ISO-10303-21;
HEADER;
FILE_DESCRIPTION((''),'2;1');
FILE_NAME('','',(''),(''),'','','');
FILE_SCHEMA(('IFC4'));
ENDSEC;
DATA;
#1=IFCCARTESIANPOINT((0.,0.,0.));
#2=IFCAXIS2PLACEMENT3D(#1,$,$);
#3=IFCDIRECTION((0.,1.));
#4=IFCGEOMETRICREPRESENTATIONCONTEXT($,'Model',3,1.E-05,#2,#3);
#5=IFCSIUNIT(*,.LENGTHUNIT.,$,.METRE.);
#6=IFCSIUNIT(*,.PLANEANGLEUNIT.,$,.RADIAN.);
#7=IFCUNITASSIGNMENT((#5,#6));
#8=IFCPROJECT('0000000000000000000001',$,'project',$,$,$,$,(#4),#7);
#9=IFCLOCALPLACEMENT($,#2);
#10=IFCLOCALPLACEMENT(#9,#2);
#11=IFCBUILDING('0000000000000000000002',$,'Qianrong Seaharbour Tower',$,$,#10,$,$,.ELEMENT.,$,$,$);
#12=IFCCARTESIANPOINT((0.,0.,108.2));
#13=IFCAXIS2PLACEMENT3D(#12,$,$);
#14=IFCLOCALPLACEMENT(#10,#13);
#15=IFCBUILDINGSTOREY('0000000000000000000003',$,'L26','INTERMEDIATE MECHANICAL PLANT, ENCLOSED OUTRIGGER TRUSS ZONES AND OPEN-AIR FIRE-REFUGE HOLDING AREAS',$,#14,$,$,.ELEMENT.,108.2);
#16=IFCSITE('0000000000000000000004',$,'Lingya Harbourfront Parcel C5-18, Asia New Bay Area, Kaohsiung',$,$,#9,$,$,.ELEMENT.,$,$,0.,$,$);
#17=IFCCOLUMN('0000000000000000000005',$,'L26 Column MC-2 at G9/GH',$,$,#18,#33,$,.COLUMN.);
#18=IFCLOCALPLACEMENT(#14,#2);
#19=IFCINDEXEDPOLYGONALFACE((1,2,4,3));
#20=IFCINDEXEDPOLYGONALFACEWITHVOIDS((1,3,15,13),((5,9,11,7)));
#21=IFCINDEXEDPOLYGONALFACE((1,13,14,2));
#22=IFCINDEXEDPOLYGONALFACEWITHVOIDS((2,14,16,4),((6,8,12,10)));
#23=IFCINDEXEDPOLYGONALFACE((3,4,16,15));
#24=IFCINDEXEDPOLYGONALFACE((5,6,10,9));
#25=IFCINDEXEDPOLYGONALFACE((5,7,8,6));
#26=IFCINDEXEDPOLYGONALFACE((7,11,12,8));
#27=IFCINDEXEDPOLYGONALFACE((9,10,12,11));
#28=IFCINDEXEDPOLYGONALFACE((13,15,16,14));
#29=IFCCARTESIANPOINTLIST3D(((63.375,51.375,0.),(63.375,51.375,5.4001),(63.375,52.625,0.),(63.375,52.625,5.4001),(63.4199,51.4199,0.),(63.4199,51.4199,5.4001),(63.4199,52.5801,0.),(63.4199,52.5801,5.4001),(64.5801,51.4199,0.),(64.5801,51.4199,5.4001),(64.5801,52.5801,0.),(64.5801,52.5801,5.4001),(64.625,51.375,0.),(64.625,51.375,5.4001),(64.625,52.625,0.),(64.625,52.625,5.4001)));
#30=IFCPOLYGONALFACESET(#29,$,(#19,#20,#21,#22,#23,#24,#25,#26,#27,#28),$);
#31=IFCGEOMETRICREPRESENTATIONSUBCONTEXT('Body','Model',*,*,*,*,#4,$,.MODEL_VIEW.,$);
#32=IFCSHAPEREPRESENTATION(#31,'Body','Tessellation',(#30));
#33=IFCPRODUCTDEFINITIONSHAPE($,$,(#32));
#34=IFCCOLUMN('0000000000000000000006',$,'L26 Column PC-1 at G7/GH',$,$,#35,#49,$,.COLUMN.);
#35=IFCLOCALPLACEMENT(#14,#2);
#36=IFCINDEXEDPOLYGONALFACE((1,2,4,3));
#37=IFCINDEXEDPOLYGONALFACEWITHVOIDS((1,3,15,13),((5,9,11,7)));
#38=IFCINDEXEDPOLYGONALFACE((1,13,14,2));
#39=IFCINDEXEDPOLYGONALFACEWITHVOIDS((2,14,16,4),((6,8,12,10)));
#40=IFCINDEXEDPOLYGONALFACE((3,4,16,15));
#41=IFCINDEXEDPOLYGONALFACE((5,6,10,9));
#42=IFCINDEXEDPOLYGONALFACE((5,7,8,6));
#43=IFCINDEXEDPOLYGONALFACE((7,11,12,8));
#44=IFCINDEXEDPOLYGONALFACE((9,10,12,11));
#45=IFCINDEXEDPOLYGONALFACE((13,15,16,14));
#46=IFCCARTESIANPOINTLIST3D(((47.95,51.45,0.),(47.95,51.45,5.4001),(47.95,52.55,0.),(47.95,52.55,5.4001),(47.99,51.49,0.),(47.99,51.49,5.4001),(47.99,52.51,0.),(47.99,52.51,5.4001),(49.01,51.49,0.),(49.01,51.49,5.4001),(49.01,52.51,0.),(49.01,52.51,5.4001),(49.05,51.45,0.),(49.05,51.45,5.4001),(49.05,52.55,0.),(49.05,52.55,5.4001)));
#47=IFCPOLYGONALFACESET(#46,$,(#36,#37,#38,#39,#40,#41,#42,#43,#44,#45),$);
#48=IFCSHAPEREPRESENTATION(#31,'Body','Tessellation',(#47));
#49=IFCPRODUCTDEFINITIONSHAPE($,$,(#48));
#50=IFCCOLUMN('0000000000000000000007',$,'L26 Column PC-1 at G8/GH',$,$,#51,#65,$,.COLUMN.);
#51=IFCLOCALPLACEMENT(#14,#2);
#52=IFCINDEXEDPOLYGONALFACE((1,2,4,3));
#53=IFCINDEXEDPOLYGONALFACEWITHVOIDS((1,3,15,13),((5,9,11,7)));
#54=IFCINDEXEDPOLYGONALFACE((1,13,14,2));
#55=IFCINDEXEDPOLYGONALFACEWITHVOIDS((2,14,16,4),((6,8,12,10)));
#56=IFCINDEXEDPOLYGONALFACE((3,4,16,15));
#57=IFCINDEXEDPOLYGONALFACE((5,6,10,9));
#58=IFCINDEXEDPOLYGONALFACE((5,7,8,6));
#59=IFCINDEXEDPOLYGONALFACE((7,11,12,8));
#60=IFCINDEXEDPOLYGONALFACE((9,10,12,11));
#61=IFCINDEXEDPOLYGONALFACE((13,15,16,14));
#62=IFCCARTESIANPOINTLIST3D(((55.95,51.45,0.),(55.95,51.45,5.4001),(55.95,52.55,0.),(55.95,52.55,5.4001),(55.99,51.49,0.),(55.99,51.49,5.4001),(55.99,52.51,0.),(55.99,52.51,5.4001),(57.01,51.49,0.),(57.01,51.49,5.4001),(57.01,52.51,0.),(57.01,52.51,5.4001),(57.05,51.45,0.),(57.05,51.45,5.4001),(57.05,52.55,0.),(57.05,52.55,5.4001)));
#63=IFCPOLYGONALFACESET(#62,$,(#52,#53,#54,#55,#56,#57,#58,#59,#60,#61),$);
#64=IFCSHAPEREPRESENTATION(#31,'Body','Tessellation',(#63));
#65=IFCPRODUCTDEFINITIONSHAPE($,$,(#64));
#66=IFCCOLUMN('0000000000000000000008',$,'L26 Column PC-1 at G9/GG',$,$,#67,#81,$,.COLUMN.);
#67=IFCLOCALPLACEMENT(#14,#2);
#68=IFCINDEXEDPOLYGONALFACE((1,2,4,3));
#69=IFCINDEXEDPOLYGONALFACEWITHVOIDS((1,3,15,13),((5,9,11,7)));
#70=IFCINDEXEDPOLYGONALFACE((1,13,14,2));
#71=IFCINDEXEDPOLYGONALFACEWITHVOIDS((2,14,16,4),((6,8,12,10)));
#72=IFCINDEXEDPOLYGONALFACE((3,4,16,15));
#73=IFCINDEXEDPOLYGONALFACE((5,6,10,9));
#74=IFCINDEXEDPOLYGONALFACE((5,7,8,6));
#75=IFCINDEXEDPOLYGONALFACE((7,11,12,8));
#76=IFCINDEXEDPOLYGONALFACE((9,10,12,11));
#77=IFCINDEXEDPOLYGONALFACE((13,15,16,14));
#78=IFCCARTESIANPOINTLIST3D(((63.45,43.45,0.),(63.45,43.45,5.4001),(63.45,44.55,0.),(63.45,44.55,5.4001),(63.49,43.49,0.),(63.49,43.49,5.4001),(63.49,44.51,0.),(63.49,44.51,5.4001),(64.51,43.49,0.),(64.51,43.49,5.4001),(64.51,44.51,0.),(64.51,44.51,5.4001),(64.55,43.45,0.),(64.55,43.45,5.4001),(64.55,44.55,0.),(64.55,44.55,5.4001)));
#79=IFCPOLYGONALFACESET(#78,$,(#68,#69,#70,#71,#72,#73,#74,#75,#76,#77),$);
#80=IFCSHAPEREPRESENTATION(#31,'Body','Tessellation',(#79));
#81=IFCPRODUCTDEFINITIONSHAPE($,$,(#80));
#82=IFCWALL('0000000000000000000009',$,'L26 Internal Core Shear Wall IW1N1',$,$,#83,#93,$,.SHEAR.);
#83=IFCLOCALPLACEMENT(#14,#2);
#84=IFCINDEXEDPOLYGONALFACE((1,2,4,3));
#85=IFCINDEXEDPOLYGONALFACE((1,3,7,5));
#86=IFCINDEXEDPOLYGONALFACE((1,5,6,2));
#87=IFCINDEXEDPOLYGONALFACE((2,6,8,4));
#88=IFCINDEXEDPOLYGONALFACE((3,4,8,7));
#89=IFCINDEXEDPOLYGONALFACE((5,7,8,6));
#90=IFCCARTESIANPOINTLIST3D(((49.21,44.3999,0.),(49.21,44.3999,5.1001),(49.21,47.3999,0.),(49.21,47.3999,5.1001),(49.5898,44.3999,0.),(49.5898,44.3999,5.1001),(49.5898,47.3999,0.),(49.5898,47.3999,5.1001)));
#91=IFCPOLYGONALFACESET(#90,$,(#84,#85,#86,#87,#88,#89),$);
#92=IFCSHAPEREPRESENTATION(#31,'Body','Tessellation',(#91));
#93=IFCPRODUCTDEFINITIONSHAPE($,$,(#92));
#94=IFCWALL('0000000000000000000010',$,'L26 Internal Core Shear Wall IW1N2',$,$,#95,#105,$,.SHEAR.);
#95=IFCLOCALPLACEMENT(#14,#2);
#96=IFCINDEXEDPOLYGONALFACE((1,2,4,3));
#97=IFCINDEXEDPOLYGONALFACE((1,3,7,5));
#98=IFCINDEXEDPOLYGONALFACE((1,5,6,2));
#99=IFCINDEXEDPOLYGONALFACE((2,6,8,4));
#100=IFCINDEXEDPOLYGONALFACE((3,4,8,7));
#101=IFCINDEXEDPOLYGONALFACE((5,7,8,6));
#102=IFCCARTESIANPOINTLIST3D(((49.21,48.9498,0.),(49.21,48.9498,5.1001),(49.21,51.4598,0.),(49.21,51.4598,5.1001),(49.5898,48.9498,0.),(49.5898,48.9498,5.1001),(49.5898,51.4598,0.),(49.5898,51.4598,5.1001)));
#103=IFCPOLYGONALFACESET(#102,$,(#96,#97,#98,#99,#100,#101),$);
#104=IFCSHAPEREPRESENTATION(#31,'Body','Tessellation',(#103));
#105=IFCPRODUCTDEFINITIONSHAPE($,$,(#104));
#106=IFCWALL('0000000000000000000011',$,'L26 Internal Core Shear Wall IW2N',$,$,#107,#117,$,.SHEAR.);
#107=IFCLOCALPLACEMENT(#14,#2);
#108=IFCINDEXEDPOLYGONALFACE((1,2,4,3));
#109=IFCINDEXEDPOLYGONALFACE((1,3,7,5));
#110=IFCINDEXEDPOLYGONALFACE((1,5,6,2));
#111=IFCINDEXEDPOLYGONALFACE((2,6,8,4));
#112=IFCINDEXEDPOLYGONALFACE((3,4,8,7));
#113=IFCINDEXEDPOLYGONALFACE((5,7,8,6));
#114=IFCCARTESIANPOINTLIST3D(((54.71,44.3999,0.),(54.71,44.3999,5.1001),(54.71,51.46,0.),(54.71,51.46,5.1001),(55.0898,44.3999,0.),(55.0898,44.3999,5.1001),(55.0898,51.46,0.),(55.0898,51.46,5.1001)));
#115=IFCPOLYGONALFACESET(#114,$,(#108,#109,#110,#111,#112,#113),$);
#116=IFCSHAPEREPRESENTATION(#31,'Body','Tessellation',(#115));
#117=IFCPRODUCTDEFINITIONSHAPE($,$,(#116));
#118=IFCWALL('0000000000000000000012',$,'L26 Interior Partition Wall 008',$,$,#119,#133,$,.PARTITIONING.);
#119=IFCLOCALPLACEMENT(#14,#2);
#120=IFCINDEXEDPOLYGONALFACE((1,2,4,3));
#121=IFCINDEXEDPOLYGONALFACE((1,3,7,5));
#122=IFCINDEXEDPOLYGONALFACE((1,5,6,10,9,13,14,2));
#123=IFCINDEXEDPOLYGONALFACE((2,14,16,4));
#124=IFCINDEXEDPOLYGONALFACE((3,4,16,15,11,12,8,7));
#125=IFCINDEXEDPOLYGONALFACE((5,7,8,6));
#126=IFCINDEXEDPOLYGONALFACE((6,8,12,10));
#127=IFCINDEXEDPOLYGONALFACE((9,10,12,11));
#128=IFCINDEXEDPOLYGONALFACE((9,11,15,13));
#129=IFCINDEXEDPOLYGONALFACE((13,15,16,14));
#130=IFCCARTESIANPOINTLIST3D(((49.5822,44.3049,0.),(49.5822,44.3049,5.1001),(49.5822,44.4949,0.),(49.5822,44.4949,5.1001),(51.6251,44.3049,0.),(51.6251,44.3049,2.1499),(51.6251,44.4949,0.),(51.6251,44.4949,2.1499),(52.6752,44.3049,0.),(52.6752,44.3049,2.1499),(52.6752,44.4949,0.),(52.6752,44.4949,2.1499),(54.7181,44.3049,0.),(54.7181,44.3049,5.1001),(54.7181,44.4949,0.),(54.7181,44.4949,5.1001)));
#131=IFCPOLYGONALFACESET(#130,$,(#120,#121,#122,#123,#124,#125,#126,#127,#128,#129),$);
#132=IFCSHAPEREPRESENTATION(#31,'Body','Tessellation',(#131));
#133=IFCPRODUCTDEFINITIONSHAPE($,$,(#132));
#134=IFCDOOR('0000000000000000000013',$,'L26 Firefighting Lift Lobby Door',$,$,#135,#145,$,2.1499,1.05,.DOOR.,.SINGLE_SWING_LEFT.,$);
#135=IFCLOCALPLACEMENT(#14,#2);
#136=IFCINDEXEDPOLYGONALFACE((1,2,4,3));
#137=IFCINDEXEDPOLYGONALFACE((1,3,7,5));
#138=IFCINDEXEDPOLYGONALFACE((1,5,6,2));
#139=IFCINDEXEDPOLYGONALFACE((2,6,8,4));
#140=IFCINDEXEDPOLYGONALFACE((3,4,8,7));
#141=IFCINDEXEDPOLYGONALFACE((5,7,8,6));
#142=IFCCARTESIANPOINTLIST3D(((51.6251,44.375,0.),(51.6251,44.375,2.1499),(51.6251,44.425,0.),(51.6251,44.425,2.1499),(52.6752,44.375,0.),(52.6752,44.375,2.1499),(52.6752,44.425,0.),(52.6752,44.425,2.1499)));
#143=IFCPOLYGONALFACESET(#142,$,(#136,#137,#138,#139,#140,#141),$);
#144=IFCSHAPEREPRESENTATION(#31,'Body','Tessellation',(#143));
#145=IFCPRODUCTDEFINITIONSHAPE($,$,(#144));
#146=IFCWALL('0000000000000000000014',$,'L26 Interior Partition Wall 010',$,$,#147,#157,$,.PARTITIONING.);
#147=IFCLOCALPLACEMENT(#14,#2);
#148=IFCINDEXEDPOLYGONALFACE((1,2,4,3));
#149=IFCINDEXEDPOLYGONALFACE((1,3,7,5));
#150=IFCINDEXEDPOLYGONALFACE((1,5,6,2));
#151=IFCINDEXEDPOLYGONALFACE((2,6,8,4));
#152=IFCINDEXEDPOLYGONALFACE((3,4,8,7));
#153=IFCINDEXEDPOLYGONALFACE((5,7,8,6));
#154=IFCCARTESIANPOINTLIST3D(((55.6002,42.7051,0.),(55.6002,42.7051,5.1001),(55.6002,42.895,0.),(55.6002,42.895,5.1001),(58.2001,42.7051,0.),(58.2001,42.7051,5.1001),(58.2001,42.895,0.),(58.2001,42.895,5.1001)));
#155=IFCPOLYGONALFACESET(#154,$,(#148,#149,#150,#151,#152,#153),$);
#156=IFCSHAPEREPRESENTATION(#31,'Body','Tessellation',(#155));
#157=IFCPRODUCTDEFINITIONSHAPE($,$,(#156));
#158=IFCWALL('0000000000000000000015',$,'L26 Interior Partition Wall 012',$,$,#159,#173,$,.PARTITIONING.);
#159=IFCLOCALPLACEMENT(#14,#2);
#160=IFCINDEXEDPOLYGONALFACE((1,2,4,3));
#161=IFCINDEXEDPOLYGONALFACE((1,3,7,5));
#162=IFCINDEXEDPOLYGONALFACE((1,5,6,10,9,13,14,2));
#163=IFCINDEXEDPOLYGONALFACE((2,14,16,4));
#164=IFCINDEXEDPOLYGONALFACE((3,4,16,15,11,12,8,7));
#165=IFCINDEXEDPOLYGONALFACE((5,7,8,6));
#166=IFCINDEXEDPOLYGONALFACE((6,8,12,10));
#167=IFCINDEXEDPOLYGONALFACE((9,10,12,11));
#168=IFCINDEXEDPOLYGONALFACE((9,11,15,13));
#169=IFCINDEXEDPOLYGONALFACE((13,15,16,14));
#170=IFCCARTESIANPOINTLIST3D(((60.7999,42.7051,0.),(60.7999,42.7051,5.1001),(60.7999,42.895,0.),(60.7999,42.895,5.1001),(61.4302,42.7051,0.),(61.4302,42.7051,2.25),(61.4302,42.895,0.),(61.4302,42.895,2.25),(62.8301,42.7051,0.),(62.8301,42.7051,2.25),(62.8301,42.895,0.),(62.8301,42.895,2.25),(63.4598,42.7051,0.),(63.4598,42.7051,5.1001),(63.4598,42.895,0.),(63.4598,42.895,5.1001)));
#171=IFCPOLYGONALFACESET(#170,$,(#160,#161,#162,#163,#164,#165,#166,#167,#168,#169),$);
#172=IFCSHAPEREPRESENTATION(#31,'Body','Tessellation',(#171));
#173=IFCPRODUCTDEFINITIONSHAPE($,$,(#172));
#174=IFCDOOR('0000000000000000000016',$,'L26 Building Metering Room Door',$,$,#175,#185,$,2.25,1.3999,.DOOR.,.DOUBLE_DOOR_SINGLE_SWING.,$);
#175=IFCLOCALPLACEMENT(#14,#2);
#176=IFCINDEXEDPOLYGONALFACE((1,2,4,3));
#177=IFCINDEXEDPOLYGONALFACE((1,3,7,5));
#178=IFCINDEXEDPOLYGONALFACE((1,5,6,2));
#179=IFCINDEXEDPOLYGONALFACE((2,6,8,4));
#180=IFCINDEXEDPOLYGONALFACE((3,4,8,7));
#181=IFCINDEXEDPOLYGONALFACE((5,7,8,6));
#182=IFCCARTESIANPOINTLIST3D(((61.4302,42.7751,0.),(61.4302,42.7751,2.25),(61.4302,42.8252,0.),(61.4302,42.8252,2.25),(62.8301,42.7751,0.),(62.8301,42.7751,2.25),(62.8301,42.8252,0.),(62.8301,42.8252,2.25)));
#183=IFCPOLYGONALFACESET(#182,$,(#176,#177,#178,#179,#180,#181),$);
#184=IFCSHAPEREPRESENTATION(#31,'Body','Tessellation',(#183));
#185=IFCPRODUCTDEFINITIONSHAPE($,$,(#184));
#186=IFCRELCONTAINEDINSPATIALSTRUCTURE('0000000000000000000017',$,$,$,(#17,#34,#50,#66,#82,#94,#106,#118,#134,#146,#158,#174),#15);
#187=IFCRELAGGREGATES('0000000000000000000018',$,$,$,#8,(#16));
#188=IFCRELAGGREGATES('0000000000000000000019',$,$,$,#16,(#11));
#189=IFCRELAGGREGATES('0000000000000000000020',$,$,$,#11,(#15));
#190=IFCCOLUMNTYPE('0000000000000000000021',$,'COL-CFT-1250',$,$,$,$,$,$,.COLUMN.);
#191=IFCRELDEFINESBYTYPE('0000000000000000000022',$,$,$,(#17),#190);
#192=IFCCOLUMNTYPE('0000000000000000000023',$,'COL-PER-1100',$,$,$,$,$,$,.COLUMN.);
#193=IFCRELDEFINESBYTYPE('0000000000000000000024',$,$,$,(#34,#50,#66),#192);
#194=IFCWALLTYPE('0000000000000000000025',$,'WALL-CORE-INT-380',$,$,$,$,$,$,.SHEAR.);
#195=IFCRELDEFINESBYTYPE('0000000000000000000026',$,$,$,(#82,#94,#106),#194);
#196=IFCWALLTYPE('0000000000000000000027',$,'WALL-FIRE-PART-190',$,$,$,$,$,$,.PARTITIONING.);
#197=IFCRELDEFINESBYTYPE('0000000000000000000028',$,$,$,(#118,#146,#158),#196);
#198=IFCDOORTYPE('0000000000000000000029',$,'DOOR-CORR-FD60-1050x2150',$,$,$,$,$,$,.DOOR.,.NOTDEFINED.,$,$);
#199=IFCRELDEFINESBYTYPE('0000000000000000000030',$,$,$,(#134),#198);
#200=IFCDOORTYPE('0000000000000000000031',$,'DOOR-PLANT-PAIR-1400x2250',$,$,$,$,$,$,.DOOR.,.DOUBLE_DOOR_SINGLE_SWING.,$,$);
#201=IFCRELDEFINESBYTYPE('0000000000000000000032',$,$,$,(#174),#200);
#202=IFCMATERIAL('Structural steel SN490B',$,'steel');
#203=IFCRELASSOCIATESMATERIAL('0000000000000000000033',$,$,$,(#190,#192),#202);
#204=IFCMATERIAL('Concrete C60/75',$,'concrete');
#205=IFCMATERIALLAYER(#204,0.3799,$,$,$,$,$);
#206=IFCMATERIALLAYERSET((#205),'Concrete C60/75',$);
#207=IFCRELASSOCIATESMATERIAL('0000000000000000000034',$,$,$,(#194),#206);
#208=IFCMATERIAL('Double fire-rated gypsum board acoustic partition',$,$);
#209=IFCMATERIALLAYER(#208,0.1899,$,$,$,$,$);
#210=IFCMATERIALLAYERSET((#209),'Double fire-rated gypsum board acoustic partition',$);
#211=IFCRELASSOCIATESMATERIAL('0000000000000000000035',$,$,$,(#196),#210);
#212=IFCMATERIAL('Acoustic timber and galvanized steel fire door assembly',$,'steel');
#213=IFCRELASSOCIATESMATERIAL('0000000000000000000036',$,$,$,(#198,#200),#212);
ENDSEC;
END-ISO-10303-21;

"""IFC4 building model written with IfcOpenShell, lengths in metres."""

from ifc_helpers import new_model, si_unit, direction, frame, frame_2d, origin, origin_2d, place, context, subcontext, project, spatial, rectangle, hollow_rectangle, extrude, material, layer, layer_set, material_profile, profile_set, type_object, element, fill, save


model = new_model("IFC4")

# Units and contexts
model_context = context("Model", 3, precision=1e-05, world=origin(), true_north=direction((0.0, 1.0)))
body_context = subcontext(model_context, "Body", "Model", "MODEL_VIEW")
ifc_project = project(units=[si_unit("LENGTHUNIT", "METRE"), si_unit("PLANEANGLEUNIT", "RADIAN")], contexts=[model_context])

# Site, building, storey
site_placement = place(None, origin())
site = spatial("IfcSite", under=ifc_project, at=site_placement, Name="Lingya Harbourfront Parcel C5-18, Asia New Bay Area, Kaohsiung", CompositionType="ELEMENT", RefElevation=0.0)
building_placement = place(site_placement, origin())
building = spatial("IfcBuilding", under=site, at=building_placement, Name="Qianrong Seaharbour Tower", CompositionType="ELEMENT")
storey_placement = place(building_placement, frame((0.0, 0.0, 108.2)))
storey = spatial("IfcBuildingStorey", under=building, at=storey_placement, Name="L26", Description="INTERMEDIATE MECHANICAL PLANT, ENCLOSED OUTRIGGER TRUSS ZONES AND OPEN-AIR FIRE-REFUGE HOLDING AREAS", CompositionType="ELEMENT", Elevation=108.2)

# Columns
ifc_material_1 = material(Name="Structural steel SN490B", Category="steel")
ifc_material_profile_1 = material_profile(ifc_material_1, hollow_rectangle(XDim=1.25, YDim=1.25, WallThickness=0.0449, at=origin_2d()), Name="BOX1250x1250x45")
ifc_profile_set_1 = profile_set([ifc_material_profile_1], Name="Structural steel SN490B")
column_type_1 = type_object("IfcColumnType", Name="COL-CFT-1250", PredefinedType="COLUMN", material=ifc_profile_set_1)
column_placement = place(storey_placement, frame((64.0, 52.0, 0.0), z_axis=(0.0, 0.0, 1.0), x_axis=(1.0, 0.0, 0.0)))
element("IfcColumn", 1, at=column_placement, inside=storey, type_object=column_type_1, Name="L26 Column MC-2 at G9/GH", PredefinedType="COLUMN", context=body_context, shape_type="SweptSolid", body=[
    extrude(hollow_rectangle(XDim=1.25, YDim=1.25, WallThickness=0.0449, at=origin_2d()), origin(), (0.0, 0.0, 1.0), 5.4001),
])
ifc_material_profile_2 = material_profile(ifc_material_1, hollow_rectangle(XDim=1.1001, YDim=1.1001, WallThickness=0.04, at=origin_2d()), Name="BOX1100x1100x40")
ifc_profile_set_2 = profile_set([ifc_material_profile_2], Name="Structural steel SN490B")
column_type_2 = type_object("IfcColumnType", Name="COL-PER-1100", PredefinedType="COLUMN", material=ifc_profile_set_2)
for number, where, z_axis, x_axis, name in (
    (2, (48.5, 52.0, 0.0), (0.0, 0.0, 1.0), (1.0, 0.0, 0.0), "L26 Column PC-1 at G7/GH"),
    (3, (56.5, 52.0, 0.0), (0.0, 0.0, 1.0), (1.0, 0.0, 0.0), "L26 Column PC-1 at G8/GH"),
    (4, (64.0, 44.0, 0.0), (0.0, 0.0, 1.0), (1.0, 0.0, 0.0), "L26 Column PC-1 at G9/GG"),
):
    element("IfcColumn", number, at=place(storey_placement, frame(where, z_axis=z_axis, x_axis=x_axis)), inside=storey, type_object=column_type_2, Name=name, PredefinedType="COLUMN", context=body_context, shape_type="SweptSolid", body=[
        extrude(hollow_rectangle(XDim=1.1001, YDim=1.1001, WallThickness=0.04, at=origin_2d()), origin(), (0.0, 0.0, 1.0), 5.4001),
    ])

# Walls
ifc_material_2 = material(Name="Concrete C60/75", Category="concrete")
ifc_layer_1 = layer(ifc_material_2, 0.3799)
ifc_layer_set_1 = layer_set([ifc_layer_1], Name="Concrete C60/75")
wall_type_1 = type_object("IfcWallType", Name="WALL-CORE-INT-380", PredefinedType="SHEAR", material=ifc_layer_set_1)
wall_1_placement = place(storey_placement, frame((49.3999, 44.3999, 0.0), z_axis=(0.0, 0.0, 1.0), x_axis=(0.0, 1.0, 0.0)))
element("IfcWall", 5, at=wall_1_placement, inside=storey, type_object=wall_type_1, Name="L26 Internal Core Shear Wall IW1N1", PredefinedType="SHEAR", context=body_context, shape_type="SweptSolid", body=[
    extrude(rectangle(XDim=3.0, YDim=0.3799, at=frame_2d((1.5, 0.0))), origin(), (0.0, 0.0, 1.0), 5.1001),
])
wall_2_placement = place(storey_placement, frame((49.3999, 48.95, 0.0), z_axis=(0.0, 0.0, 1.0), x_axis=(0.0, 1.0, 0.0)))
element("IfcWall", 6, at=wall_2_placement, inside=storey, type_object=wall_type_1, Name="L26 Internal Core Shear Wall IW1N2", PredefinedType="SHEAR", context=body_context, shape_type="SweptSolid", body=[
    extrude(rectangle(XDim=2.51, YDim=0.3799, at=frame_2d((1.2549, 0.0))), origin(), (0.0, 0.0, 1.0), 5.1001),
])
wall_3_placement = place(storey_placement, frame((54.8999, 44.3999, 0.0), z_axis=(0.0, 0.0, 1.0), x_axis=(0.0, 1.0, 0.0)))
element("IfcWall", 7, at=wall_3_placement, inside=storey, type_object=wall_type_1, Name="L26 Internal Core Shear Wall IW2N", PredefinedType="SHEAR", context=body_context, shape_type="SweptSolid", body=[
    extrude(rectangle(XDim=7.0601, YDim=0.3799, at=frame_2d((3.53, 0.0))), origin(), (0.0, 0.0, 1.0), 5.1001),
])

# Wall, opening, door
ifc_material_3 = material(Name="Acoustic timber and galvanized steel fire door assembly", Category="steel")
ifc_material_4 = material(Name="Double fire-rated gypsum board acoustic partition")
ifc_layer_2 = layer(ifc_material_4, 0.1899)
ifc_layer_set_2 = layer_set([ifc_layer_2], Name="Double fire-rated gypsum board acoustic partition")
wall_type_2 = type_object("IfcWallType", Name="WALL-FIRE-PART-190", PredefinedType="PARTITIONING", material=ifc_layer_set_2)
wall_4_placement = place(storey_placement, frame((54.718, 44.3999, 0.0), z_axis=(0.0, 0.0, 1.0), x_axis=(-1.0, 0.0, 0.0)))
wall_4 = element("IfcWall", 8, at=wall_4_placement, inside=storey, type_object=wall_type_2, Name="L26 Interior Partition Wall 008", PredefinedType="PARTITIONING", context=body_context, shape_type="SweptSolid", body=[
    extrude(rectangle(XDim=5.136, YDim=0.1899, at=frame_2d((2.5679, 0.0))), origin(), (0.0, 0.0, 1.0), 5.1001),
])
opening_1_placement = place(wall_4_placement, frame((2.043, 0.0, 0.0)))
opening_1 = element("IfcOpeningElement", 9, at=opening_1_placement, cuts=wall_4, PredefinedType="OPENING", context=body_context, shape_type="SweptSolid", body=[
    extrude(rectangle(XDim=1.05, YDim=2.1499, at=frame_2d((0.5249, 1.075))), frame((0.0, 0.105, 0.0), z_axis=(0.0, -1.0, 0.0), x_axis=(1.0, 0.0, 0.0)), (0.0, 0.0, 1.0), 0.21),
])
door_type_1 = type_object("IfcDoorType", Name="DOOR-CORR-FD60-1050x2150", OperationType="NOTDEFINED", PredefinedType="DOOR", material=ifc_material_3)
door_1_placement = place(opening_1_placement, origin())
door_1 = element("IfcDoor", 10, at=door_1_placement, inside=storey, type_object=door_type_1, Name="L26 Firefighting Lift Lobby Door", OperationType="SINGLE_SWING_LEFT", OverallHeight=2.1499, OverallWidth=1.05, PredefinedType="DOOR", context=body_context, shape_type="SweptSolid", body=[
    extrude(rectangle(XDim=1.05, YDim=2.1499, at=frame_2d((0.5249, 1.075))), frame((0.0, 0.0249, 0.0), z_axis=(0.0, -1.0, 0.0), x_axis=(1.0, 0.0, 0.0)), (0.0, 0.0, 1.0), 0.05),
])
fill(opening_1, door_1)

# Wall
wall_5_placement = place(storey_placement, frame((58.2, 42.8, 0.0), z_axis=(0.0, 0.0, 1.0), x_axis=(-1.0, 0.0, 0.0)))
element("IfcWall", 11, at=wall_5_placement, inside=storey, type_object=wall_type_2, Name="L26 Interior Partition Wall 010", PredefinedType="PARTITIONING", context=body_context, shape_type="SweptSolid", body=[
    extrude(rectangle(XDim=2.5999, YDim=0.1899, at=frame_2d((1.2998, 0.0))), origin(), (0.0, 0.0, 1.0), 5.1001),
])

# Wall, opening, door
wall_6_placement = place(storey_placement, frame((63.46, 42.8, 0.0), z_axis=(0.0, 0.0, 1.0), x_axis=(-1.0, 0.0, 0.0)))
wall_6 = element("IfcWall", 12, at=wall_6_placement, inside=storey, type_object=wall_type_2, Name="L26 Interior Partition Wall 012", PredefinedType="PARTITIONING", context=body_context, shape_type="SweptSolid", body=[
    extrude(rectangle(XDim=2.6599, YDim=0.1899, at=frame_2d((1.3301, 0.0))), origin(), (0.0, 0.0, 1.0), 5.1001),
])
opening_2_placement = place(wall_6_placement, frame((0.6299, 0.0, 0.0)))
opening_2 = element("IfcOpeningElement", 13, at=opening_2_placement, cuts=wall_6, PredefinedType="OPENING", context=body_context, shape_type="SweptSolid", body=[
    extrude(rectangle(XDim=1.3999, YDim=2.25, at=frame_2d((0.7, 1.125))), frame((0.0, 0.105, 0.0), z_axis=(0.0, -1.0, 0.0), x_axis=(1.0, 0.0, 0.0)), (0.0, 0.0, 1.0), 0.21),
])
door_type_2 = type_object("IfcDoorType", Name="DOOR-PLANT-PAIR-1400x2250", OperationType="DOUBLE_DOOR_SINGLE_SWING", PredefinedType="DOOR", material=ifc_material_3)
door_2_placement = place(opening_2_placement, origin())
door_2 = element("IfcDoor", 14, at=door_2_placement, inside=storey, type_object=door_type_2, Name="L26 Building Metering Room Door", OperationType="DOUBLE_DOOR_SINGLE_SWING", OverallHeight=2.25, OverallWidth=1.3999, PredefinedType="DOOR", context=body_context, shape_type="SweptSolid", body=[
    extrude(rectangle(XDim=1.3999, YDim=2.25, at=frame_2d((0.7, 1.125))), frame((0.0, 0.0249, 0.0), z_axis=(0.0, -1.0, 0.0), x_axis=(1.0, 0.0, 0.0)), (0.0, 0.0, 1.0), 0.05),
])
fill(opening_2, door_2)

save(model, "model.ifc")
